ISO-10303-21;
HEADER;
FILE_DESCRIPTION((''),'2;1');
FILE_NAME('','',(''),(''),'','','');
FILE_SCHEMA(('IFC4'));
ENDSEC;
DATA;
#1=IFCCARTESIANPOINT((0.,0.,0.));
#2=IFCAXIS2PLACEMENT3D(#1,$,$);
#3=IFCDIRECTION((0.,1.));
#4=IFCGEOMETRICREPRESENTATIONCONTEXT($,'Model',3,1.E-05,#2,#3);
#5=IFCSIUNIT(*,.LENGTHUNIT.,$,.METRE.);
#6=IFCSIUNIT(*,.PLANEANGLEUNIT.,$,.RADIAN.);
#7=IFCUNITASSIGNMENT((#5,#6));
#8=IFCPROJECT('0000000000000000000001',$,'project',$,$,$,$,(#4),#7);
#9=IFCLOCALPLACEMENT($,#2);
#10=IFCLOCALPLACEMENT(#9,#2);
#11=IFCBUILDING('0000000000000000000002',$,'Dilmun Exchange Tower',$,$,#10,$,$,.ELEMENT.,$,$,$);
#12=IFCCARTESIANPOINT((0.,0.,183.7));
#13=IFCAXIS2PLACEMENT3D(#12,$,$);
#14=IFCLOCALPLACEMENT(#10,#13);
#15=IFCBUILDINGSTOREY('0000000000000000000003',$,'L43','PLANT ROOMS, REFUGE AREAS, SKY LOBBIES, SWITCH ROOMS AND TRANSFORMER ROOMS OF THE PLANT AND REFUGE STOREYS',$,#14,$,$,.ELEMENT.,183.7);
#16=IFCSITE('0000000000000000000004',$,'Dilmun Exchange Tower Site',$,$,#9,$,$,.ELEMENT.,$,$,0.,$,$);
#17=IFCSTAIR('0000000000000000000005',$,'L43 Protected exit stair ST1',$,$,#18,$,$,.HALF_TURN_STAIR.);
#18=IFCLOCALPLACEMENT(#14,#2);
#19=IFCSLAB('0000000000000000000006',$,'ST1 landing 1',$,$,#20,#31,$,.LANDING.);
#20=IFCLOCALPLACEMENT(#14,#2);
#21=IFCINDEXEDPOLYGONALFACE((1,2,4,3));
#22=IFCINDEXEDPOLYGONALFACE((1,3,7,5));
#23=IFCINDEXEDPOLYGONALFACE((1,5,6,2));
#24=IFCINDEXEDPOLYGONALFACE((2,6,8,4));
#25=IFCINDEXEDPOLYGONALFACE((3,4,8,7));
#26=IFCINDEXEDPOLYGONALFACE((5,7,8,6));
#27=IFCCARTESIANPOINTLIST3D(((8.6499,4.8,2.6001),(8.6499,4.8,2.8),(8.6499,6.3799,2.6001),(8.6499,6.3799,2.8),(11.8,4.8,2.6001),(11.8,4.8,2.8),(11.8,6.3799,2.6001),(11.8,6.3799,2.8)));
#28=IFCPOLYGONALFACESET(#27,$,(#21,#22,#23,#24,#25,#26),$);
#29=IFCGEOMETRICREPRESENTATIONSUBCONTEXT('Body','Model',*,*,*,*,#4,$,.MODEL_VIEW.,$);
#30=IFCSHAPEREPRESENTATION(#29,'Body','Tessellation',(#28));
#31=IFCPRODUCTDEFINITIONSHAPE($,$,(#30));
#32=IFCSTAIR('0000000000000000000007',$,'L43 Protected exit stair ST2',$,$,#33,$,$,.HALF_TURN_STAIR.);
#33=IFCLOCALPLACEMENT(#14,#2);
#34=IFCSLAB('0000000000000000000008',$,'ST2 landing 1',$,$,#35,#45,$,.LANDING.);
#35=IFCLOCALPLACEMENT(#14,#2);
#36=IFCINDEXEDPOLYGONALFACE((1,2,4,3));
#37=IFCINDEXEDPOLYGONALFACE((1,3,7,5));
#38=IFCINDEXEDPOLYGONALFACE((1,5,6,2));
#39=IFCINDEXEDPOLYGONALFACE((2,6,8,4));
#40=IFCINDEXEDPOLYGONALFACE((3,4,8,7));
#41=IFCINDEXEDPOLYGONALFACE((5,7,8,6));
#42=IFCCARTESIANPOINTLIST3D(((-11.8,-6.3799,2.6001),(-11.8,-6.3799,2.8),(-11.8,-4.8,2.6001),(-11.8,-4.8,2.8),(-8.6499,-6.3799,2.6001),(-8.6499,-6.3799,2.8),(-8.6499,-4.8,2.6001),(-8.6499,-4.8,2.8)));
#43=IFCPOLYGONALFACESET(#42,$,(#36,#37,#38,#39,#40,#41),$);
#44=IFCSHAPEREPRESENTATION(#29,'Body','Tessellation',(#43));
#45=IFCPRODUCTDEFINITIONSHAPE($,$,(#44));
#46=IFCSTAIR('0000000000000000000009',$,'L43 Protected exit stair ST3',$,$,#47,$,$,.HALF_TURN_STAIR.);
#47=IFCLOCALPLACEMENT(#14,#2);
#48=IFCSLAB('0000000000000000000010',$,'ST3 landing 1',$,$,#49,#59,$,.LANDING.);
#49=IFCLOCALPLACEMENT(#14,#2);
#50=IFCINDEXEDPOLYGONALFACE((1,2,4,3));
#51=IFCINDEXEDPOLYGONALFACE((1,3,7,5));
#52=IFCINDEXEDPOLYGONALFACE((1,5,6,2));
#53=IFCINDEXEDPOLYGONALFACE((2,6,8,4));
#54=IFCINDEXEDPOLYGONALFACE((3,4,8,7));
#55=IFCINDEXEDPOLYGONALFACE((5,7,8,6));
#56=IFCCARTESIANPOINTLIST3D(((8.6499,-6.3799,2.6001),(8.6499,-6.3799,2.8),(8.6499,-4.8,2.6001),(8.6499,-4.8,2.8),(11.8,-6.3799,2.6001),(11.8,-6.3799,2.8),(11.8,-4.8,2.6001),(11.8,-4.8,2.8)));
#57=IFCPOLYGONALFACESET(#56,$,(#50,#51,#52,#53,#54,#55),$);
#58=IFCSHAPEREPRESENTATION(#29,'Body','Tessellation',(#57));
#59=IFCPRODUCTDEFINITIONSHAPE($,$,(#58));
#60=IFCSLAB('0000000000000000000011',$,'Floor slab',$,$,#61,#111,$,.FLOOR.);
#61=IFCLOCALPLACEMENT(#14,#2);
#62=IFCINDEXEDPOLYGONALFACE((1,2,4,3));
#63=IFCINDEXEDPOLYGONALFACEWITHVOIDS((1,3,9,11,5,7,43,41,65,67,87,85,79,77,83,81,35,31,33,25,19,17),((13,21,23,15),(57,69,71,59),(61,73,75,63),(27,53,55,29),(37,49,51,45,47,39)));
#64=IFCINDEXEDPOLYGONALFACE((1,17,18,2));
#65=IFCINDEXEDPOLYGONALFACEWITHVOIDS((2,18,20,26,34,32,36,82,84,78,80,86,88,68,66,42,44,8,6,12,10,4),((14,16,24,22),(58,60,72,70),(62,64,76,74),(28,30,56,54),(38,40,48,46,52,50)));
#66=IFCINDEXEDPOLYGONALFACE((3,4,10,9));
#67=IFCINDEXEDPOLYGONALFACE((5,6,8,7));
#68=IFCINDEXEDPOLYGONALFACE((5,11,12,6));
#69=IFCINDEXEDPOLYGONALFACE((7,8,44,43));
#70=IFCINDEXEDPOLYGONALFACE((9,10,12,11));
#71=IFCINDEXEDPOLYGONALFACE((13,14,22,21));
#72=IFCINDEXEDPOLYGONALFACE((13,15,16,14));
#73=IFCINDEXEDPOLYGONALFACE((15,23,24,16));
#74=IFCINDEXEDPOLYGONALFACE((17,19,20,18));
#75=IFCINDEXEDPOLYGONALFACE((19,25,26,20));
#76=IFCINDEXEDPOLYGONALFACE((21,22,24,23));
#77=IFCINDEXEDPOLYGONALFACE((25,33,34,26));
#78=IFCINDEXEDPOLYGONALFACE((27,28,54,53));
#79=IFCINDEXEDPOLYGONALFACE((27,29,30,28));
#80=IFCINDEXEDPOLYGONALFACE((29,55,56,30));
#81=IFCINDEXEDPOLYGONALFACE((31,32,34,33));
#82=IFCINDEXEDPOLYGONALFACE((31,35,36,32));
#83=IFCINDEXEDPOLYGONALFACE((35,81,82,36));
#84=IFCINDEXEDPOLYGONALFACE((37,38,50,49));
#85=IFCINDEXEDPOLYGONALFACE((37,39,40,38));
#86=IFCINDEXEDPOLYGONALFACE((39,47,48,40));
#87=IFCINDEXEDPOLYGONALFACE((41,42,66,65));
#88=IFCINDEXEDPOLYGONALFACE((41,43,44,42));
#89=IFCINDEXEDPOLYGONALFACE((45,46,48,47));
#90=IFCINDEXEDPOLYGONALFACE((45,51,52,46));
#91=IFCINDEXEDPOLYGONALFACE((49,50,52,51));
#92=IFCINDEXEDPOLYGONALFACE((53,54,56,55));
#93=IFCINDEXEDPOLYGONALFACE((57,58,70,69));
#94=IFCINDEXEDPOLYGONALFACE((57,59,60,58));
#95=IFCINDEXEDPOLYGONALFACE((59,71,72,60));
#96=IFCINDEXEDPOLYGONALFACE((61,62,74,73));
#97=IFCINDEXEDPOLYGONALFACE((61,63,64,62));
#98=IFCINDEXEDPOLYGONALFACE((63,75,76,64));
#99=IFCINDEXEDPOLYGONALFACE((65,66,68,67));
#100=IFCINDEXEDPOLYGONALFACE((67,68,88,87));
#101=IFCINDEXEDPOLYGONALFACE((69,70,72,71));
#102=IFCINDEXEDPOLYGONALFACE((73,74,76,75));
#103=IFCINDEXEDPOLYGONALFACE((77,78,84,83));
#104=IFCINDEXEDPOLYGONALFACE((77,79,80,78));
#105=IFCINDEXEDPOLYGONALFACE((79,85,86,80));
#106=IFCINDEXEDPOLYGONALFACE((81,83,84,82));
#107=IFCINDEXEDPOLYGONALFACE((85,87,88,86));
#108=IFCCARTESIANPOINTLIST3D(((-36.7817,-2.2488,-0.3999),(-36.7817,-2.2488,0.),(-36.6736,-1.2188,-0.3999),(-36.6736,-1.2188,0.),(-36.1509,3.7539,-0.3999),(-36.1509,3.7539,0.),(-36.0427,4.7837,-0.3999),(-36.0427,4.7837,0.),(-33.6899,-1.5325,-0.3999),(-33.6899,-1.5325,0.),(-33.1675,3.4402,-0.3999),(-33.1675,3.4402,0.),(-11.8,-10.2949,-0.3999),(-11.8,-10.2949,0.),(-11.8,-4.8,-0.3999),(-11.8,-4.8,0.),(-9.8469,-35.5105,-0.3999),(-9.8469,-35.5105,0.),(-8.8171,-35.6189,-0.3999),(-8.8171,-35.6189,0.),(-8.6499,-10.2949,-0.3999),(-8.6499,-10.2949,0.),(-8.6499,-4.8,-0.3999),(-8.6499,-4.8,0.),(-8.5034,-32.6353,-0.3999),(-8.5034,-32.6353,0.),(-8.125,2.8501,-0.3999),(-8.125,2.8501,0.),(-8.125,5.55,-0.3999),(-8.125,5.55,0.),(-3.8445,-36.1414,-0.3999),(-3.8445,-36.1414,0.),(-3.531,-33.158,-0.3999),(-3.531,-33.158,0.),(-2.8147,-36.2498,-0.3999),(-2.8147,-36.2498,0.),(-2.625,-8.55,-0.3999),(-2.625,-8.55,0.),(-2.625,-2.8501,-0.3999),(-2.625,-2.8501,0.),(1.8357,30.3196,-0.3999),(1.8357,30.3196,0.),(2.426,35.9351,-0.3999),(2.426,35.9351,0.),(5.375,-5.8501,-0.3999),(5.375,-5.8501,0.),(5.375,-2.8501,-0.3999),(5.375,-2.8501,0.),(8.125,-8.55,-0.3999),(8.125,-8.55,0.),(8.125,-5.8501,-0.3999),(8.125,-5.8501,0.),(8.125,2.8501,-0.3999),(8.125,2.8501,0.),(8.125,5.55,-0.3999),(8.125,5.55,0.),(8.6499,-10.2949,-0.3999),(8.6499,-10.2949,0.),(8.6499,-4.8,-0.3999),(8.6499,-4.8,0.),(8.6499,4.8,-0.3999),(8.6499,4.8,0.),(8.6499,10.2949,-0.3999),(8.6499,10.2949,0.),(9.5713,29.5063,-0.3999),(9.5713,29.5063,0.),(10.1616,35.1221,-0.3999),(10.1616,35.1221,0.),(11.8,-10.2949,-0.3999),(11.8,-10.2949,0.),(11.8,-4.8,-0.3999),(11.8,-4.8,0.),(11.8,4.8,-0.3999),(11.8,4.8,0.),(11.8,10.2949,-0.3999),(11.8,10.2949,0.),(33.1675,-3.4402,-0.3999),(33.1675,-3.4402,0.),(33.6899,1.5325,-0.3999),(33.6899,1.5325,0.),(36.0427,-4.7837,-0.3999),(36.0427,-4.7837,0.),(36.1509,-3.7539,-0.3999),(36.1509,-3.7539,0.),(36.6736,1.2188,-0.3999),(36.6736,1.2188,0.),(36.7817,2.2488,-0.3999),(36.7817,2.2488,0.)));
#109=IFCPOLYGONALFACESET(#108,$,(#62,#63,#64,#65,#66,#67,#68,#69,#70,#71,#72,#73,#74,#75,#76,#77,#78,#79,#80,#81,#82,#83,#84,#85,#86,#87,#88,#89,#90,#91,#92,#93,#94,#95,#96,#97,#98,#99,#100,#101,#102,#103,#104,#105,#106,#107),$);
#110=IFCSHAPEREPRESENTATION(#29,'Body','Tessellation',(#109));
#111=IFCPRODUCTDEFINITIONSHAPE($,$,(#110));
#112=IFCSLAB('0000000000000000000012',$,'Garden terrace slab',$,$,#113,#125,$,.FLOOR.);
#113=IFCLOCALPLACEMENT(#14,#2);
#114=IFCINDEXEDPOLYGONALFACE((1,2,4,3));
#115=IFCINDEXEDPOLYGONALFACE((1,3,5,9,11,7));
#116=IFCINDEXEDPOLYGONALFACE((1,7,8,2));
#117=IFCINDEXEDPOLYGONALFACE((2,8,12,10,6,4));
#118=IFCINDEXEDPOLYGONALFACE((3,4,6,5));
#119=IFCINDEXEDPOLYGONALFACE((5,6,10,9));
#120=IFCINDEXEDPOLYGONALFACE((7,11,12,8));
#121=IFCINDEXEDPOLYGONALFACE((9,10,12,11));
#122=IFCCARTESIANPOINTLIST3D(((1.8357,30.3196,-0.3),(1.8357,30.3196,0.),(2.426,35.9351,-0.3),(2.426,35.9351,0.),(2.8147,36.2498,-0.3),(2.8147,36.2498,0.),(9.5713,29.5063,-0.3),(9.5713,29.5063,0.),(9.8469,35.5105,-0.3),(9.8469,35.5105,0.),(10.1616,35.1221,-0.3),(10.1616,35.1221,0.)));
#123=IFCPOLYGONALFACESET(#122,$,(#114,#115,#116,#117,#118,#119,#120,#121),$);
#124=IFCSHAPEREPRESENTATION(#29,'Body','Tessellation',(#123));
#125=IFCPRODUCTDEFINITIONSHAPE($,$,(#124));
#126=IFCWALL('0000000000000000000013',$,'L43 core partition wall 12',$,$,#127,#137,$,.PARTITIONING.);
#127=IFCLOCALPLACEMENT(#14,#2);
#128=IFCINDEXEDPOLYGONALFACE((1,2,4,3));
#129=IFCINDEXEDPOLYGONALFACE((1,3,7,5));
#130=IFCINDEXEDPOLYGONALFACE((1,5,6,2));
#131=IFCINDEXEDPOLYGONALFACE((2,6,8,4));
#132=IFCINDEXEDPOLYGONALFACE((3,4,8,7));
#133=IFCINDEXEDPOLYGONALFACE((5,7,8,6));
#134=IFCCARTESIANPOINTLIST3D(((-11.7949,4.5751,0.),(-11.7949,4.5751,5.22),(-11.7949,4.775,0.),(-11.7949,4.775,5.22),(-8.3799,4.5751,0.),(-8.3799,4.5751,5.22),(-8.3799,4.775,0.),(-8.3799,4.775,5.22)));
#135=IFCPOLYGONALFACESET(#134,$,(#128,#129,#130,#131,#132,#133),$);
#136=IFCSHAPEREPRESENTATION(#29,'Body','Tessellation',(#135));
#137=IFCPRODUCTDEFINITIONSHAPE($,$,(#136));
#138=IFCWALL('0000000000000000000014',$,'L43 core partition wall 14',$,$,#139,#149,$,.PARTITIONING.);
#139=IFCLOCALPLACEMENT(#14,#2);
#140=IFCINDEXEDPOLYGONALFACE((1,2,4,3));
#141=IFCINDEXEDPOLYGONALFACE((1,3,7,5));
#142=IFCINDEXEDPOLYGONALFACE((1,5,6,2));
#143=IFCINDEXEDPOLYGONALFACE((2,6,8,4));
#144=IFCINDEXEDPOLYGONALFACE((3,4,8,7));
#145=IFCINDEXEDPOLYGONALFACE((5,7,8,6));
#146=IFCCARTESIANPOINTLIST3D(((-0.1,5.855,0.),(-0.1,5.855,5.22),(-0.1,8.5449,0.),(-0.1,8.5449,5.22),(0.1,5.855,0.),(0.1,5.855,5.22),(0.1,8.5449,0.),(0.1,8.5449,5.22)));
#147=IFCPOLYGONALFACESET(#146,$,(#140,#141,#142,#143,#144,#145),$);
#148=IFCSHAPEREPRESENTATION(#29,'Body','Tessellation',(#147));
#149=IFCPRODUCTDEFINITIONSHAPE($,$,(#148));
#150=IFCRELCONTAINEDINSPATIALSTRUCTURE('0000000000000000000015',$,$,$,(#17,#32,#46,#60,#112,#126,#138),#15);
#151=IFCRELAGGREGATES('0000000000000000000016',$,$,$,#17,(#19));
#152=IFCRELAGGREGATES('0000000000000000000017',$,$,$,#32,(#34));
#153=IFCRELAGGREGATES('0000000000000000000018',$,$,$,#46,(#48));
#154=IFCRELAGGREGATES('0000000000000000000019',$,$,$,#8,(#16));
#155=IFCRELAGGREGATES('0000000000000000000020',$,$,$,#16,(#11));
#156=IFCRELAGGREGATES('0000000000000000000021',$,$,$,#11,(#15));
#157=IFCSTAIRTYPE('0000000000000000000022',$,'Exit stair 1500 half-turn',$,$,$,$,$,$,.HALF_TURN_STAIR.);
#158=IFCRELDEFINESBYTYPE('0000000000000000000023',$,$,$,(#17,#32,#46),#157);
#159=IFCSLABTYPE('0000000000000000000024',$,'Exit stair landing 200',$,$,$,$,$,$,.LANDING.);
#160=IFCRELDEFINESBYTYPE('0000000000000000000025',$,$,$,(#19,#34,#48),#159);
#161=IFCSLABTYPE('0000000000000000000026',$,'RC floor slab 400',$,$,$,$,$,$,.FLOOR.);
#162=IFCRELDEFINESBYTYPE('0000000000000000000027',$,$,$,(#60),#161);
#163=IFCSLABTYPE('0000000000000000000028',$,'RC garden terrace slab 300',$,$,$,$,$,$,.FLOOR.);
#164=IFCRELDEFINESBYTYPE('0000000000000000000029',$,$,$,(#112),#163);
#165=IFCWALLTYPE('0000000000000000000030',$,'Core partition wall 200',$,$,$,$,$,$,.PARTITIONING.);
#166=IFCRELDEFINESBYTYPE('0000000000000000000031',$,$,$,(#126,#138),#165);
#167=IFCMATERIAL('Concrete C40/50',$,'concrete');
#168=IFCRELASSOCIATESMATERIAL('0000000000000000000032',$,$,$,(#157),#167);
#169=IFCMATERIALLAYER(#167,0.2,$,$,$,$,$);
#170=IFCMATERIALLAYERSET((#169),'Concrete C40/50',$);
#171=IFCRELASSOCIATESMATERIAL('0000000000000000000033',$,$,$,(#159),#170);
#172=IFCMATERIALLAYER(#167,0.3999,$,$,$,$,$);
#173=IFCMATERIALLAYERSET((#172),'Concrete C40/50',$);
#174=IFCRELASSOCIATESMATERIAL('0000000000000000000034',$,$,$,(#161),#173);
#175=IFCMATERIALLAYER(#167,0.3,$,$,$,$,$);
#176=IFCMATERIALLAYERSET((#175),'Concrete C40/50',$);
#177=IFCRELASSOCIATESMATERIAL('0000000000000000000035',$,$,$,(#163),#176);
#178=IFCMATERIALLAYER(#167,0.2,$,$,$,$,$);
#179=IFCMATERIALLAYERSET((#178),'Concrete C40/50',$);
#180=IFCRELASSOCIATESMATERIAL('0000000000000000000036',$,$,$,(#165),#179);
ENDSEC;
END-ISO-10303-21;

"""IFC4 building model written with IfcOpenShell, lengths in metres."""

from ifc_helpers import new_model, si_unit, direction, frame, frame_2d, origin, place, context, subcontext, project, spatial, polyline, rectangle, outline, extrude, material, layer, layer_set, type_object, element, aggregate, save


model = new_model("IFC4")

# Units and contexts
model_context = context("Model", 3, precision=1e-05, world=origin(), true_north=direction((0.0, 1.0)))
body_context = subcontext(model_context, "Body", "Model", "MODEL_VIEW")
ifc_project = project(units=[si_unit("LENGTHUNIT", "METRE"), si_unit("PLANEANGLEUNIT", "RADIAN")], contexts=[model_context])

# Site, building, storey
site_placement = place(None, origin())
site = spatial("IfcSite", under=ifc_project, at=site_placement, Name="Dilmun Exchange Tower Site", CompositionType="ELEMENT", RefElevation=0.0)
building_placement = place(site_placement, origin())
building = spatial("IfcBuilding", under=site, at=building_placement, Name="Dilmun Exchange Tower", CompositionType="ELEMENT")
storey_placement = place(building_placement, frame((0.0, 0.0, 183.7)))
storey = spatial("IfcBuildingStorey", under=building, at=storey_placement, Name="L43", Description="PLANT ROOMS, REFUGE AREAS, SKY LOBBIES, SWITCH ROOMS AND TRANSFORMER ROOMS OF THE PLANT AND REFUGE STOREYS", CompositionType="ELEMENT", Elevation=183.7)

# Stairs, slabs
ifc_material_1 = material(Name="Concrete C40/50", Category="concrete")
stair_type = type_object("IfcStairType", Name="Exit stair 1500 half-turn", PredefinedType="HALF_TURN_STAIR", material=ifc_material_1)
stair_1_placement = place(storey_placement, origin())
stair_1 = element("IfcStair", 1, at=stair_1_placement, inside=storey, type_object=stair_type, Name="L43 Protected exit stair ST1", PredefinedType="HALF_TURN_STAIR")
ifc_layer_1 = layer(ifc_material_1, 0.2)
ifc_layer_set_1 = layer_set([ifc_layer_1], Name="Concrete C40/50")
slab_type_1 = type_object("IfcSlabType", Name="Exit stair landing 200", PredefinedType="LANDING", material=ifc_layer_set_1)
slab_1_placement = place(storey_placement, frame((0.0, 0.0, 2.6001)))
slab_1 = element("IfcSlab", 2, at=slab_1_placement, type_object=slab_type_1, Name="ST1 landing 1", PredefinedType="LANDING", context=body_context, shape_type="SweptSolid", body=[
    extrude(outline(polyline([(8.6499, 6.3799), (8.6499, 4.8), (11.8, 4.8), (11.8, 6.3799), (8.6499, 6.3799)])), origin(), (0.0, 0.0, 1.0), 0.2),
])
aggregate(stair_1, [slab_1])
stair_2_placement = place(storey_placement, origin())
stair_2 = element("IfcStair", 3, at=stair_2_placement, inside=storey, type_object=stair_type, Name="L43 Protected exit stair ST2", PredefinedType="HALF_TURN_STAIR")
slab_2_placement = place(storey_placement, frame((0.0, 0.0, 2.6001)))
slab_2 = element("IfcSlab", 4, at=slab_2_placement, type_object=slab_type_1, Name="ST2 landing 1", PredefinedType="LANDING", context=body_context, shape_type="SweptSolid", body=[
    extrude(outline(polyline([(-8.6499, -6.3799), (-8.6499, -4.8), (-11.8, -4.8), (-11.8, -6.3799), (-8.6499, -6.3799)])), origin(), (0.0, 0.0, 1.0), 0.2),
])
aggregate(stair_2, [slab_2])
stair_3_placement = place(storey_placement, origin())
stair_3 = element("IfcStair", 5, at=stair_3_placement, inside=storey, type_object=stair_type, Name="L43 Protected exit stair ST3", PredefinedType="HALF_TURN_STAIR")
slab_3_placement = place(storey_placement, frame((0.0, 0.0, 2.6001)))
slab_3 = element("IfcSlab", 6, at=slab_3_placement, type_object=slab_type_1, Name="ST3 landing 1", PredefinedType="LANDING", context=body_context, shape_type="SweptSolid", body=[
    extrude(outline(polyline([(11.8, -6.3799), (11.8, -4.8), (8.6499, -4.8), (8.6499, -6.3799), (11.8, -6.3799)])), origin(), (0.0, 0.0, 1.0), 0.2),
])
aggregate(stair_3, [slab_3])

# Slabs
ifc_layer_2 = layer(ifc_material_1, 0.3999)
ifc_layer_set_2 = layer_set([ifc_layer_2], Name="Concrete C40/50")
slab_type_2 = type_object("IfcSlabType", Name="RC floor slab 400", PredefinedType="FLOOR", material=ifc_layer_set_2)
slab_4_placement = place(storey_placement, frame((0.0, 0.0, -0.3999)))
element("IfcSlab", 7, at=slab_4_placement, inside=storey, type_object=slab_type_2, Name="Floor slab", PredefinedType="FLOOR", context=body_context, shape_type="SweptSolid", body=[
    extrude(outline(polyline([(36.6736, 1.2188), (33.6899, 1.5325), (33.1675, -3.4402), (36.1509, -3.7539), (36.0427, -4.7837), (-2.8147, -36.2498), (-3.8445, -36.1414), (-3.531, -33.158), (-8.5034, -32.6353), (-8.8171, -35.6189), (-9.8469, -35.5105), (-36.7817, -2.2488), (-36.6736, -1.2188), (-33.6899, -1.5325), (-33.1675, 3.4402), (-36.1509, 3.7539), (-36.0427, 4.7837), (2.426, 35.9351), (1.8357, 30.3196), (9.5713, 29.5063), (10.1616, 35.1221), (36.7817, 2.2488), (36.6736, 1.2188)]), holes=[polyline([(-8.6499, -4.8), (-11.8, -4.8), (-11.8, -10.2949), (-8.6499, -10.2949), (-8.6499, -4.8)]), polyline([(11.8, -4.8), (8.6499, -4.8), (8.6499, -10.2949), (11.8, -10.2949), (11.8, -4.8)]), polyline([(5.375, -2.8501), (-2.625, -2.8501), (-2.625, -8.55), (8.125, -8.55), (8.125, -5.8501), (5.375, -5.8501), (5.375, -2.8501)]), polyline([(8.125, 2.8501), (8.125, 5.55), (-8.125, 5.55), (-8.125, 2.8501), (8.125, 2.8501)]), polyline([(8.6499, 10.2949), (8.6499, 4.8), (11.8, 4.8), (11.8, 10.2949), (8.6499, 10.2949)])]), origin(), (0.0, 0.0, 1.0), 0.3999),
])
ifc_layer_3 = layer(ifc_material_1, 0.3)
ifc_layer_set_3 = layer_set([ifc_layer_3], Name="Concrete C40/50")
slab_type_3 = type_object("IfcSlabType", Name="RC garden terrace slab 300", PredefinedType="FLOOR", material=ifc_layer_set_3)
slab_5_placement = place(storey_placement, frame((0.0, 0.0, -0.3)))
element("IfcSlab", 8, at=slab_5_placement, inside=storey, type_object=slab_type_3, Name="Garden terrace slab", PredefinedType="FLOOR", context=body_context, shape_type="SweptSolid", body=[
    extrude(outline(polyline([(1.8357, 30.3196), (2.426, 35.9351), (2.8147, 36.2498), (9.8469, 35.5105), (10.1616, 35.1221), (9.5713, 29.5063), (1.8357, 30.3196)])), origin(), (0.0, 0.0, 1.0), 0.3),
])

# Walls
ifc_layer_4 = layer(ifc_material_1, 0.2)
ifc_layer_set_4 = layer_set([ifc_layer_4], Name="Concrete C40/50")
wall_type_1 = type_object("IfcWallType", Name="Core partition wall 200", PredefinedType="PARTITIONING", material=ifc_layer_set_4)
wall_1_placement = place(storey_placement, frame((-11.7949, 4.675, 0.0), z_axis=(0.0, 0.0, 1.0), x_axis=(1.0, 0.0, 0.0)))
element("IfcWall", 9, at=wall_1_placement, inside=storey, type_object=wall_type_1, Name="L43 core partition wall 12", PredefinedType="PARTITIONING", context=body_context, shape_type="SweptSolid", body=[
    extrude(rectangle(XDim=3.415, YDim=0.2, at=frame_2d((1.7075, 0.0))), origin(), (0.0, 0.0, 1.0), 5.22),
])
wall_2_placement = place(storey_placement, frame((0.0, 5.855, 0.0), z_axis=(0.0, 0.0, 1.0), x_axis=(0.0, 1.0, 0.0)))
element("IfcWall", 10, at=wall_2_placement, inside=storey, type_object=wall_type_1, Name="L43 core partition wall 14", PredefinedType="PARTITIONING", context=body_context, shape_type="SweptSolid", body=[
    extrude(rectangle(XDim=2.6899, YDim=0.2, at=frame_2d((1.345, 0.0))), origin(), (0.0, 0.0, 1.0), 5.22),
])

save(model, "model.ifc")
